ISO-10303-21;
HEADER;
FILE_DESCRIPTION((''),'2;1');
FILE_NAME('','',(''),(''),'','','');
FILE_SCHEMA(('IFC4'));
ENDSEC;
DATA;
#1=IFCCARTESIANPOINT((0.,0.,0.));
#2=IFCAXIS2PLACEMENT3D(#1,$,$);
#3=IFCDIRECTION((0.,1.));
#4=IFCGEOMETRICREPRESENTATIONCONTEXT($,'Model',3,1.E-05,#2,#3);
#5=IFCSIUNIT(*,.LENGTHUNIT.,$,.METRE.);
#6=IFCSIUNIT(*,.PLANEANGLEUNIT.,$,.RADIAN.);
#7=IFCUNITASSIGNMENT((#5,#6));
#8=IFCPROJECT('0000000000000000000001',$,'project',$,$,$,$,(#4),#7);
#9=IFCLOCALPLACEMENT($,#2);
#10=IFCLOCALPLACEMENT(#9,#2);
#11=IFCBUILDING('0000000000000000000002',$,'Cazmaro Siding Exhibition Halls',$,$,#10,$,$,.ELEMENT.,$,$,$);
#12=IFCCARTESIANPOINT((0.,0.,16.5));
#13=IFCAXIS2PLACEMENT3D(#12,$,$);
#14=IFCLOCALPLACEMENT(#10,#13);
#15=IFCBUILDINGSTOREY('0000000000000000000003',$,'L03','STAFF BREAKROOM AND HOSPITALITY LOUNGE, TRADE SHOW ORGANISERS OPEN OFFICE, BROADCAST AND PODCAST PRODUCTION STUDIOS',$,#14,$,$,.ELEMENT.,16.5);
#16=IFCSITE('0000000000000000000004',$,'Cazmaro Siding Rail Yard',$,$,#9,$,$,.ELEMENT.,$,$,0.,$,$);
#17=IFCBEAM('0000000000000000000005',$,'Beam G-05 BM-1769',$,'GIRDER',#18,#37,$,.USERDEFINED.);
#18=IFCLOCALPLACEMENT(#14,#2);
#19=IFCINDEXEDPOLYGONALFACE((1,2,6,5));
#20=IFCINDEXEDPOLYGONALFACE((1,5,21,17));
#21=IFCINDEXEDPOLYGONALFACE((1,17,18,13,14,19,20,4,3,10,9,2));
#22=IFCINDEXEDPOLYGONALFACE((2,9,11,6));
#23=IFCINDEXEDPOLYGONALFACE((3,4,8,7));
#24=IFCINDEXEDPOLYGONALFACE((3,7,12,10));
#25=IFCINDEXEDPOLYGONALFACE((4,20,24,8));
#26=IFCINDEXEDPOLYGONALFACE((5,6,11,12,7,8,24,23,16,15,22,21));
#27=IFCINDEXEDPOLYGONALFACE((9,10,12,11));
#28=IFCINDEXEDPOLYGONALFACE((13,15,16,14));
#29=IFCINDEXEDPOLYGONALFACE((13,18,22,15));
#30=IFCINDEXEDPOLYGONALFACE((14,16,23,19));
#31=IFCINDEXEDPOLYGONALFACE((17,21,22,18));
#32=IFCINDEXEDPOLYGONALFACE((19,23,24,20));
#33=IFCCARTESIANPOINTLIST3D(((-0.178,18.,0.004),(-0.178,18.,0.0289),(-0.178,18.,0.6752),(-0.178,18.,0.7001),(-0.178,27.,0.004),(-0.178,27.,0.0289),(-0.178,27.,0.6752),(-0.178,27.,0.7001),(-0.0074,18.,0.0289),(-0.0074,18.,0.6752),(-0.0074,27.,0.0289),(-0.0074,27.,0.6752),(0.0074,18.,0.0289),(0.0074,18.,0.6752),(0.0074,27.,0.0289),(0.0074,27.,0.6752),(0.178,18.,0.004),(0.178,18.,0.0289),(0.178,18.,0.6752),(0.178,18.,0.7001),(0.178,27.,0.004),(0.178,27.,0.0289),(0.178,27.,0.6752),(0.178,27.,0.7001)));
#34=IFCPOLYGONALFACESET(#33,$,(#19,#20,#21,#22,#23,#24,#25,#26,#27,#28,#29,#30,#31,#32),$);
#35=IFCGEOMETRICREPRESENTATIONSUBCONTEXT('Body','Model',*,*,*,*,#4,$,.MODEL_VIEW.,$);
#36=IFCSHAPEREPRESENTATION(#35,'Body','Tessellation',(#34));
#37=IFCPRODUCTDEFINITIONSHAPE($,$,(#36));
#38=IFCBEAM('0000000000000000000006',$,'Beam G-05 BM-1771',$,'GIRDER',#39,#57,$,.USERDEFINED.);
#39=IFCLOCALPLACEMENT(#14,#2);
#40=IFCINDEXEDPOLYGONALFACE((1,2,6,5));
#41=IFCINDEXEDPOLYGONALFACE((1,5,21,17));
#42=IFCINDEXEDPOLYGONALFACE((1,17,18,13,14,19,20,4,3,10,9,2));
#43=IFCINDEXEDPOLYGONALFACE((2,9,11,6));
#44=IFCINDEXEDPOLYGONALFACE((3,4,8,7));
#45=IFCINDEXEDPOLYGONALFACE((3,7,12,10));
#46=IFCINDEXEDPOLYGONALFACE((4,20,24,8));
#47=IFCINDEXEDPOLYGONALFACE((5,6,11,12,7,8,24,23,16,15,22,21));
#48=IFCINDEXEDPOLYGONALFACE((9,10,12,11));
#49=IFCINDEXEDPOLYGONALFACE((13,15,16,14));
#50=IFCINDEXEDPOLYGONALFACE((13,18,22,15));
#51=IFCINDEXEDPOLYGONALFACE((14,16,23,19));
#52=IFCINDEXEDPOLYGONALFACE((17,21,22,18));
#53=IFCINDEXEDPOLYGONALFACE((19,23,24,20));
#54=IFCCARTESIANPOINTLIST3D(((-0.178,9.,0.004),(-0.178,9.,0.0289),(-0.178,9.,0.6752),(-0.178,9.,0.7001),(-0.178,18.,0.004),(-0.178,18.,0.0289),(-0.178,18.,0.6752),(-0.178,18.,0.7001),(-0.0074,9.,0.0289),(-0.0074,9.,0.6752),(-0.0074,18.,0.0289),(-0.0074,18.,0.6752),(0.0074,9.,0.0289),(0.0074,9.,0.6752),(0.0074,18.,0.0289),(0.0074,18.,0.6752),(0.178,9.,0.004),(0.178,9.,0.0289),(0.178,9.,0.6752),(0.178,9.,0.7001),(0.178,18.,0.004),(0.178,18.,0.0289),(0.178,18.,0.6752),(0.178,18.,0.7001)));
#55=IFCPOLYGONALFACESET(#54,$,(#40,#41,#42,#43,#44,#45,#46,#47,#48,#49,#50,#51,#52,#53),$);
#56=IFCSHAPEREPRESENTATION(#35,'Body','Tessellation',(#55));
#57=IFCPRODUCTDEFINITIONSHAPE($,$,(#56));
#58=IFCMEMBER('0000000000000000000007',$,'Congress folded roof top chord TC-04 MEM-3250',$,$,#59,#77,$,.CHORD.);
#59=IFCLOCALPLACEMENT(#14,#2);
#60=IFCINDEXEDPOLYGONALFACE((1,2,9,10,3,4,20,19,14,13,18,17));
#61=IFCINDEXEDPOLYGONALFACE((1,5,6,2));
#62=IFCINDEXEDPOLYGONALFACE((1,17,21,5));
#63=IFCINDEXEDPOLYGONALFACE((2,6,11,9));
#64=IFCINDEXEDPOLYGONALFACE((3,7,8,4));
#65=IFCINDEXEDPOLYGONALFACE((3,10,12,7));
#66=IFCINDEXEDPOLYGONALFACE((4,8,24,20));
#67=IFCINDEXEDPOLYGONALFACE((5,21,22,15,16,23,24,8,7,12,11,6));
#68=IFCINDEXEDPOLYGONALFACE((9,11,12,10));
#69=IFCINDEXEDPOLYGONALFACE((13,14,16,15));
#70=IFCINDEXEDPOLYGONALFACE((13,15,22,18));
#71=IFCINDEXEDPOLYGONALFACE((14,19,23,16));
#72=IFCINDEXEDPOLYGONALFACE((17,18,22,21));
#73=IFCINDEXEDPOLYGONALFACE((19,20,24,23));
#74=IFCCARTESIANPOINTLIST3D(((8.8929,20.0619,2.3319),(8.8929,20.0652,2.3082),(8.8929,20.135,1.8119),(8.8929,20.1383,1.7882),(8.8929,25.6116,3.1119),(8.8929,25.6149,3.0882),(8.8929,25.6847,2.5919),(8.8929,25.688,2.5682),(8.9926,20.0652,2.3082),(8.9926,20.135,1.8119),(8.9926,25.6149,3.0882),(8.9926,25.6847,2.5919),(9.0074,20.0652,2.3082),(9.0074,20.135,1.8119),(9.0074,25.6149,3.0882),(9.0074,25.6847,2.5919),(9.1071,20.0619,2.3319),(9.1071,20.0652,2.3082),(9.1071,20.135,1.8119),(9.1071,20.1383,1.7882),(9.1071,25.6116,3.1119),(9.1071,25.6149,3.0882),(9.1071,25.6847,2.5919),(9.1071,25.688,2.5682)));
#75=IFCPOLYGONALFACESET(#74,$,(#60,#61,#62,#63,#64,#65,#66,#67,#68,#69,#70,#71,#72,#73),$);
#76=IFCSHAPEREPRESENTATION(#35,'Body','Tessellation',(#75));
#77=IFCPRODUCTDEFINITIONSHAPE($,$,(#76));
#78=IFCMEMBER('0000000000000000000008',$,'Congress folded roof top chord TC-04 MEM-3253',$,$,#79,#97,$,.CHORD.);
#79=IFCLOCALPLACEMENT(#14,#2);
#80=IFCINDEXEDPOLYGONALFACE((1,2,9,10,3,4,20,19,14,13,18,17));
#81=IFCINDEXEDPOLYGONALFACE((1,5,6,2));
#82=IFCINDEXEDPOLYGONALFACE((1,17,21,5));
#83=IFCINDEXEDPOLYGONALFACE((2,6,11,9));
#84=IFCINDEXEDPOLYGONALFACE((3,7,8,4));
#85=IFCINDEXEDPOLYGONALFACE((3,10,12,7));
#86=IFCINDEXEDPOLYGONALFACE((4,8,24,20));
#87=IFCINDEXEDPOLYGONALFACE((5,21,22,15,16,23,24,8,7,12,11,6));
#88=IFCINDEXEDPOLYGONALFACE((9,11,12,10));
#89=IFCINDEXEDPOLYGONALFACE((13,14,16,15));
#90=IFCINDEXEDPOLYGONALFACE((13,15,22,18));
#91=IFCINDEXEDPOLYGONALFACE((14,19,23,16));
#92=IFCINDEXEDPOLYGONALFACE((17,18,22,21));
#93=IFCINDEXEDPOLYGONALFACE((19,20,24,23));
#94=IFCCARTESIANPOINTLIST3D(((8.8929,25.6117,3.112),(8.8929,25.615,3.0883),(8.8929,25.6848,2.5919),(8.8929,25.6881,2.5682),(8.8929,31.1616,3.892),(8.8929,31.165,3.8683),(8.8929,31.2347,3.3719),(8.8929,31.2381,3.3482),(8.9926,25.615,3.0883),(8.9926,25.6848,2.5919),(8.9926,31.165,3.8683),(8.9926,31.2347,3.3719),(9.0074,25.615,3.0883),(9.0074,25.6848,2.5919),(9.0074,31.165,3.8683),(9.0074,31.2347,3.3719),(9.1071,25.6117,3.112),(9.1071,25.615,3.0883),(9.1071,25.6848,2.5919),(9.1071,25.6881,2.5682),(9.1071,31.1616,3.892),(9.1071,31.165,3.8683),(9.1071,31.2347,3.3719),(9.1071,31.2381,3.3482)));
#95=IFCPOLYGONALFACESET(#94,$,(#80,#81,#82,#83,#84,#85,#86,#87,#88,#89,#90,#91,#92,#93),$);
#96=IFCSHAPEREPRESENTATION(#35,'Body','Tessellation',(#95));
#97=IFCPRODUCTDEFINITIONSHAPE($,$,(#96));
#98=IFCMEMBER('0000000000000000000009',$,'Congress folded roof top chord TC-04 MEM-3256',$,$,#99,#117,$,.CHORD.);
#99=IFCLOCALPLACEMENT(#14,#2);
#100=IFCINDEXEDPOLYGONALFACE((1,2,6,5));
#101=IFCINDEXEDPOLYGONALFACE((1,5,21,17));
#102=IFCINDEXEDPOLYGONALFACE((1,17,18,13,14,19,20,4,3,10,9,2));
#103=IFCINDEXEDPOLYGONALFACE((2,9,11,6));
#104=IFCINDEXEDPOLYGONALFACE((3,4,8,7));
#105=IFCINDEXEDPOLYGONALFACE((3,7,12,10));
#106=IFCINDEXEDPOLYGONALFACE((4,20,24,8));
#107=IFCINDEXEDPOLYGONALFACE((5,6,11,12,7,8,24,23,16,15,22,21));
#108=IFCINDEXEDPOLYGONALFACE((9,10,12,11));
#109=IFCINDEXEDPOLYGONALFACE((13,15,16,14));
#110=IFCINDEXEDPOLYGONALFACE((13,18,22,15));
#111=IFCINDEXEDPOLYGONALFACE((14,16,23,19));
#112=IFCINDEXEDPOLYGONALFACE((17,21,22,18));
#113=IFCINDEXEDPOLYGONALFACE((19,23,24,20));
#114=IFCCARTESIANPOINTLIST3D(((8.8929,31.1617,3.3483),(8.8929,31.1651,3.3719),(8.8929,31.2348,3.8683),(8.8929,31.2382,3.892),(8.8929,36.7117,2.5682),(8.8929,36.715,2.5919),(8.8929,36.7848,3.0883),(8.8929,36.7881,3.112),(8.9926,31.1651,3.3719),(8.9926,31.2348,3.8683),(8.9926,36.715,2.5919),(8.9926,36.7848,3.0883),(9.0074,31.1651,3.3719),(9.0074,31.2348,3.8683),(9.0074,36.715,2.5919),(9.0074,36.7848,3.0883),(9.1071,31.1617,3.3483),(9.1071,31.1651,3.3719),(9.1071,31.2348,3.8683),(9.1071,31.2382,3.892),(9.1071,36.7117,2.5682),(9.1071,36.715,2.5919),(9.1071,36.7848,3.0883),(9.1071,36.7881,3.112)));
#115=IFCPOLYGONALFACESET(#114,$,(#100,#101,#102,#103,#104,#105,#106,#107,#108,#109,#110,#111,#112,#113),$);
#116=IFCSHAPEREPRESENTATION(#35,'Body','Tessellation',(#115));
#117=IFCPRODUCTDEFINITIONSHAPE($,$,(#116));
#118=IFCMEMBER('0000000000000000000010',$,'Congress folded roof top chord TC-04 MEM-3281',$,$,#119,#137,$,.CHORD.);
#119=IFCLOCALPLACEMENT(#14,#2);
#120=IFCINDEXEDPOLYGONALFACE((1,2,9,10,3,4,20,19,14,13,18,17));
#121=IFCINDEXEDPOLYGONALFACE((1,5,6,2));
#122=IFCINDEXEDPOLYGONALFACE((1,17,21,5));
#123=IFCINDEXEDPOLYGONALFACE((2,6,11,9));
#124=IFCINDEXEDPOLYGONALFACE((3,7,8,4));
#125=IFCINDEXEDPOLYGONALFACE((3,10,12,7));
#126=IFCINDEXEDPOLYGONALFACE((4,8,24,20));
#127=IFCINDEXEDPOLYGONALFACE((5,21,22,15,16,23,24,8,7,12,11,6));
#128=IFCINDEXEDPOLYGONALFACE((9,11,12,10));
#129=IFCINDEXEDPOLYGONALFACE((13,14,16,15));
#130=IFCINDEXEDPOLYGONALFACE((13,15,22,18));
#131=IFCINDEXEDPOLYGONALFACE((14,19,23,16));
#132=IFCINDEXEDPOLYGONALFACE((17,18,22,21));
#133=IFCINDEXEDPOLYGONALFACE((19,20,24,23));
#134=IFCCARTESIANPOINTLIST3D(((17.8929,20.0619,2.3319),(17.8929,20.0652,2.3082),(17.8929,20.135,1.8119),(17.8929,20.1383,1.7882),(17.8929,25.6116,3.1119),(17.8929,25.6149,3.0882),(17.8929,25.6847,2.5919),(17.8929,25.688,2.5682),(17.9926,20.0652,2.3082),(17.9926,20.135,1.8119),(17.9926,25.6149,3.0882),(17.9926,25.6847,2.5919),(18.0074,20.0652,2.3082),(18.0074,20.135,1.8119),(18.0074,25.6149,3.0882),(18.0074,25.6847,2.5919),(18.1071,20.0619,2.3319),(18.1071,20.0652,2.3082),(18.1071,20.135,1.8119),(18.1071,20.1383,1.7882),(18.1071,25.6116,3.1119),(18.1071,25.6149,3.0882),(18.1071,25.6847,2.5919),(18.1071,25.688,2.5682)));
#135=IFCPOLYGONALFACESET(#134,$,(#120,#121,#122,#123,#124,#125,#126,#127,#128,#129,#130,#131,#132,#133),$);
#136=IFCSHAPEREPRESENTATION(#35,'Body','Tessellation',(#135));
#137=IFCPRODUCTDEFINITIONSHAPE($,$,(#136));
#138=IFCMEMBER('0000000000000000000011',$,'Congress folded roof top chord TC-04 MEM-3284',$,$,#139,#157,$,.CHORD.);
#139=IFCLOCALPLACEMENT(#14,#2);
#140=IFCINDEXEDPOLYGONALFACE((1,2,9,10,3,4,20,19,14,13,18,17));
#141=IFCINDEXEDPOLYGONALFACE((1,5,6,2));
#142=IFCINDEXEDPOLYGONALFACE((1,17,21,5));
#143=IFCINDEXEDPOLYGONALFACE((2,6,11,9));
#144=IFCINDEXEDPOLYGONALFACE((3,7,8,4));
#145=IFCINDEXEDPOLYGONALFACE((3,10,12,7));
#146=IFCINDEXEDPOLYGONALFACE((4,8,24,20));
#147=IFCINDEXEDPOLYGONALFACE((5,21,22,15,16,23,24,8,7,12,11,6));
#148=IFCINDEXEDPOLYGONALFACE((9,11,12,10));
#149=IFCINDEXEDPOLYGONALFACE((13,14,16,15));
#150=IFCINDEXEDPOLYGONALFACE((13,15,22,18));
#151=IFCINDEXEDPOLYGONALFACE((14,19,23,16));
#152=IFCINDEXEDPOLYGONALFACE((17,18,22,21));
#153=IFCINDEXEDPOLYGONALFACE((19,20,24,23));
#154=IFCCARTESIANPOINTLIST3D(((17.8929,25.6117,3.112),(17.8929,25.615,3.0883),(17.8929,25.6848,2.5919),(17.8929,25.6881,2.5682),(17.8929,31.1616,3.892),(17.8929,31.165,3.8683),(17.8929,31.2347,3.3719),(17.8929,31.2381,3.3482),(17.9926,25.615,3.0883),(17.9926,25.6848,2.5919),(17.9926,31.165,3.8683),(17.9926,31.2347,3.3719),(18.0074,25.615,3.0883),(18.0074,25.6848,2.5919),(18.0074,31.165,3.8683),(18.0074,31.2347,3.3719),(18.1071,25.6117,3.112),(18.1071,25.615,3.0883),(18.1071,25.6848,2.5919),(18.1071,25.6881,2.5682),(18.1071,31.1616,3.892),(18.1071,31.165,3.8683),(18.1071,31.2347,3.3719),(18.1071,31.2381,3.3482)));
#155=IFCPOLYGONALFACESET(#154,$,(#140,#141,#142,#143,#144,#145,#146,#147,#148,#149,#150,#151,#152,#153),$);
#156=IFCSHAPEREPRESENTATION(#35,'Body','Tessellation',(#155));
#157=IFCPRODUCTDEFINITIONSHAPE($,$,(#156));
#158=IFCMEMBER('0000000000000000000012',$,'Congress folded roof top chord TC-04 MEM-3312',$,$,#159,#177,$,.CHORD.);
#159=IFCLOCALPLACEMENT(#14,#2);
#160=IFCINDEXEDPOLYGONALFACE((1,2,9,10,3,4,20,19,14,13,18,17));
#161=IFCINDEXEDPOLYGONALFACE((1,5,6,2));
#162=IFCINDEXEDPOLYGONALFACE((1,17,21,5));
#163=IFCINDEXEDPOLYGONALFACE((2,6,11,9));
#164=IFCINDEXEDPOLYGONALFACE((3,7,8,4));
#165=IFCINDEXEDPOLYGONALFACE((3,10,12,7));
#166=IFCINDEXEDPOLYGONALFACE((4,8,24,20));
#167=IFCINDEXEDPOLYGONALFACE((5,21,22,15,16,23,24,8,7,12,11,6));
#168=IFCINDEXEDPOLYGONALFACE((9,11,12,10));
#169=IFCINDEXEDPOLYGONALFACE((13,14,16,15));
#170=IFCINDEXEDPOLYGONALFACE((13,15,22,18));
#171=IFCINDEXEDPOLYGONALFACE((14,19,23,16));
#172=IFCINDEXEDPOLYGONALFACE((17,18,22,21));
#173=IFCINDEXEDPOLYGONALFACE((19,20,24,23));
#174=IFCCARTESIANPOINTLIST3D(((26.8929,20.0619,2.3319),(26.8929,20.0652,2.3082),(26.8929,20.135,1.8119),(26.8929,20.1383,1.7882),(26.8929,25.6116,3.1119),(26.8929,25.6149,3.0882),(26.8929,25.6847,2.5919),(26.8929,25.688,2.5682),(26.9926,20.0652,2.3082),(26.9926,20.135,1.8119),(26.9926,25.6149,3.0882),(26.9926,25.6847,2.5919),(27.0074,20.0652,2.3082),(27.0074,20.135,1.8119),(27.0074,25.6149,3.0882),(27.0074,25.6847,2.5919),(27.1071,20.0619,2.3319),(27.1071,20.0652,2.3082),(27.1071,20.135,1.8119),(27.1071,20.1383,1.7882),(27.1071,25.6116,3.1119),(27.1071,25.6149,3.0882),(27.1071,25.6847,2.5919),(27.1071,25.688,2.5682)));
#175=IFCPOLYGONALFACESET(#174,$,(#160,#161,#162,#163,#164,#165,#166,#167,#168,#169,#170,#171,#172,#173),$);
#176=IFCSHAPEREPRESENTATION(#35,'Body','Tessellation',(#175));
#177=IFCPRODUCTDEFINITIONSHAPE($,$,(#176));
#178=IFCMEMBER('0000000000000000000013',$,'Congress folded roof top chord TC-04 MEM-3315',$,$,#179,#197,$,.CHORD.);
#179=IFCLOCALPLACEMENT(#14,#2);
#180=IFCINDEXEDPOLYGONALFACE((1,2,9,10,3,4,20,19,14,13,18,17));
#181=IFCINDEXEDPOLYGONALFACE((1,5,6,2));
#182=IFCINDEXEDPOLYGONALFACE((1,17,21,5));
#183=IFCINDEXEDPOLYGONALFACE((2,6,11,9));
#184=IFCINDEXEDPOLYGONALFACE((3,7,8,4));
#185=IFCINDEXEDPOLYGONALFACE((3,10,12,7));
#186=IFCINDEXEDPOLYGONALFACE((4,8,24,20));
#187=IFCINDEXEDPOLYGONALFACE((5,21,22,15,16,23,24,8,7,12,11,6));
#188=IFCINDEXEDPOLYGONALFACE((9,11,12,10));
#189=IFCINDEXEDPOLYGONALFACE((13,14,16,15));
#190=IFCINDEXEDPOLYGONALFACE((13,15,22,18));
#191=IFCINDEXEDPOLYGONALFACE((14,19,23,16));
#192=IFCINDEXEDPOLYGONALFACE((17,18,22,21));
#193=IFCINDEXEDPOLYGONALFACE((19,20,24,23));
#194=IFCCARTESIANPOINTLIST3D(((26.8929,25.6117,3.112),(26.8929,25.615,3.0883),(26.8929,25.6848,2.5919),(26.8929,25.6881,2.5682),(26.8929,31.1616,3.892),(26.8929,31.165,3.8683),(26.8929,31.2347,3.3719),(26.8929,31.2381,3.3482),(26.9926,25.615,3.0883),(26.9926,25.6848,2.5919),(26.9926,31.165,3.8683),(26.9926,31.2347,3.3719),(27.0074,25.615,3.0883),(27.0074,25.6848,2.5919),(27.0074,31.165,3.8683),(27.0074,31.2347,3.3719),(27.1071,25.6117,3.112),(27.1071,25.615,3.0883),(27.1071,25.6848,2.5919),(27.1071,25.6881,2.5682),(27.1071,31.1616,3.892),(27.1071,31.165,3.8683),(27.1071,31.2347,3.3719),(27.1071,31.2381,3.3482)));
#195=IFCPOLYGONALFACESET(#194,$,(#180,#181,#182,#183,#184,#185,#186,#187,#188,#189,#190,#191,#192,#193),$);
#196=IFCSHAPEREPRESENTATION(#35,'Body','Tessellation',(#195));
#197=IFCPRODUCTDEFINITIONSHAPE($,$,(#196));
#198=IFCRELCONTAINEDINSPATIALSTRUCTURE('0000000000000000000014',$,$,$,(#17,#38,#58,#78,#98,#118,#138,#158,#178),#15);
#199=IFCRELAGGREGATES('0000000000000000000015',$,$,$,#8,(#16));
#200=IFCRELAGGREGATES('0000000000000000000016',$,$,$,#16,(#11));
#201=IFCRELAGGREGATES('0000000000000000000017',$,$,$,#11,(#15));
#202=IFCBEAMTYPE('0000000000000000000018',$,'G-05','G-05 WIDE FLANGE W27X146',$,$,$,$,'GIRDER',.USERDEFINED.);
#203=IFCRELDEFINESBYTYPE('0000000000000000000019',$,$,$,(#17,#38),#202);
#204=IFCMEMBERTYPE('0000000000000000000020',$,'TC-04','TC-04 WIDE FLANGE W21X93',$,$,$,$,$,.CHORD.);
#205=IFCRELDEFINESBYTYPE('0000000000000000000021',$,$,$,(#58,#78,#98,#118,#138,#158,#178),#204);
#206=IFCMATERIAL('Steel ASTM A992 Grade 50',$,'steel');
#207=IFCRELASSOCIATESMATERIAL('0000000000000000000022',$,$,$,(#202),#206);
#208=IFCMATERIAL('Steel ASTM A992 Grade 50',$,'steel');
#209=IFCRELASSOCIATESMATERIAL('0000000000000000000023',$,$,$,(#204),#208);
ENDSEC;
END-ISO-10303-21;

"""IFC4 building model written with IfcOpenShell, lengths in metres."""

from ifc_helpers import new_model, si_unit, direction, frame, origin, origin_2d, place, context, subcontext, project, spatial, i_section, extrude, material, material_profile, profile_set, type_object, element, save


model = new_model("IFC4")

# Units and contexts
model_context = context("Model", 3, precision=1e-05, world=origin(), true_north=direction((0.0, 1.0)))
body_context = subcontext(model_context, "Body", "Model", "MODEL_VIEW")
ifc_project = project(units=[si_unit("LENGTHUNIT", "METRE"), si_unit("PLANEANGLEUNIT", "RADIAN")], contexts=[model_context])

# Site, building, storey
site_placement = place(None, origin())
site = spatial("IfcSite", under=ifc_project, at=site_placement, Name="Cazmaro Siding Rail Yard", CompositionType="ELEMENT", RefElevation=0.0)
building_placement = place(site_placement, origin())
building = spatial("IfcBuilding", under=site, at=building_placement, Name="Cazmaro Siding Exhibition Halls", CompositionType="ELEMENT")
storey_placement = place(building_placement, frame((0.0, 0.0, 16.5)))
storey = spatial("IfcBuildingStorey", under=building, at=storey_placement, Name="L03", Description="STAFF BREAKROOM AND HOSPITALITY LOUNGE, TRADE SHOW ORGANISERS OPEN OFFICE, BROADCAST AND PODCAST PRODUCTION STUDIOS", CompositionType="ELEMENT", Elevation=16.5)

# Beams
ifc_material_1 = material(Name="Steel ASTM A992 Grade 50", Category="steel")
ifc_material_profile_1 = material_profile(ifc_material_1, i_section(OverallWidth=0.356, OverallDepth=0.696, WebThickness=0.0149, FlangeThickness=0.0249, at=origin_2d()), Name="W27X146")
ifc_profile_set_1 = profile_set([ifc_material_profile_1], Name="Steel ASTM A992 Grade 50")
beam_type = type_object("IfcBeamType", Name="G-05", Description="G-05 WIDE FLANGE W27X146", ElementType="GIRDER", PredefinedType="USERDEFINED", material=ifc_profile_set_1)
for number, where, z_axis, x_axis, name in (
    (1, (0.0, 27.0, 0.3521), (0.0, -1.0, 0.0), (1.0, 0.0, 0.0), "Beam G-05 BM-1769"),
    (2, (0.0, 18.0, 0.3521), (0.0, -1.0, 0.0), (1.0, 0.0, 0.0), "Beam G-05 BM-1771"),
):
    element("IfcBeam", number, at=place(storey_placement, frame(where, z_axis=z_axis, x_axis=x_axis)), inside=storey, type_object=beam_type, Name=name, ObjectType="GIRDER", PredefinedType="USERDEFINED", context=body_context, shape_type="SweptSolid", body=[
        extrude(i_section(OverallWidth=0.356, OverallDepth=0.696, WebThickness=0.0149, FlangeThickness=0.0249, at=origin_2d()), origin(), (0.0, 0.0, 1.0), 9.0),
    ])

# Members
ifc_material_2 = material(Name="Steel ASTM A992 Grade 50", Category="steel")
ifc_material_profile_2 = material_profile(ifc_material_2, i_section(OverallWidth=0.2141, OverallDepth=0.5491, WebThickness=0.0149, FlangeThickness=0.0239, at=origin_2d()), Name="W21X93")
ifc_profile_set_2 = profile_set([ifc_material_profile_2], Name="Steel ASTM A992 Grade 50")
member_type_1 = type_object("IfcMemberType", Name="TC-04", Description="TC-04 WIDE FLANGE W21X93", PredefinedType="CHORD", material=ifc_profile_set_2)
member_1_placement = place(storey_placement, frame((9.0, 20.1001, 2.0601), z_axis=(0.0, 0.990267, 0.139183), x_axis=(-1.0, 0.0, 0.0)))
element("IfcMember", 3, at=member_1_placement, inside=storey, type_object=member_type_1, Name="Congress folded roof top chord TC-04 MEM-3250", PredefinedType="CHORD", context=body_context, shape_type="SweptSolid", body=[
    extrude(i_section(OverallWidth=0.2141, OverallDepth=0.5491, WebThickness=0.0149, FlangeThickness=0.0239, at=origin_2d()), origin(), (0.0, 0.0, 1.0), 5.6042),
])
for number, where, z_axis, x_axis, name in (
    (4, (9.0, 25.6499, 2.8401), (0.0, 0.990268, 0.139177), (-1.0, 0.0, 0.0), "Congress folded roof top chord TC-04 MEM-3253"),
    (5, (9.0, 31.2, 3.6201), (0.0, 0.990268, -0.139177), (-1.0, 0.0, 0.0), "Congress folded roof top chord TC-04 MEM-3256"),
):
    element("IfcMember", number, at=place(storey_placement, frame(where, z_axis=z_axis, x_axis=x_axis)), inside=storey, type_object=member_type_1, Name=name, PredefinedType="CHORD", context=body_context, shape_type="SweptSolid", body=[
        extrude(i_section(OverallWidth=0.2141, OverallDepth=0.5491, WebThickness=0.0149, FlangeThickness=0.0239, at=origin_2d()), origin(), (0.0, 0.0, 1.0), 5.6045),
    ])
member_2_placement = place(storey_placement, frame((18.0, 20.1001, 2.0601), z_axis=(0.0, 0.990267, 0.139183), x_axis=(-1.0, 0.0, 0.0)))
element("IfcMember", 6, at=member_2_placement, inside=storey, type_object=member_type_1, Name="Congress folded roof top chord TC-04 MEM-3281", PredefinedType="CHORD", context=body_context, shape_type="SweptSolid", body=[
    extrude(i_section(OverallWidth=0.2141, OverallDepth=0.5491, WebThickness=0.0149, FlangeThickness=0.0239, at=origin_2d()), origin(), (0.0, 0.0, 1.0), 5.6042),
])
member_3_placement = place(storey_placement, frame((18.0, 25.6499, 2.8401), z_axis=(0.0, 0.990268, 0.139177), x_axis=(-1.0, 0.0, 0.0)))
element("IfcMember", 7, at=member_3_placement, inside=storey, type_object=member_type_1, Name="Congress folded roof top chord TC-04 MEM-3284", PredefinedType="CHORD", context=body_context, shape_type="SweptSolid", body=[
    extrude(i_section(OverallWidth=0.2141, OverallDepth=0.5491, WebThickness=0.0149, FlangeThickness=0.0239, at=origin_2d()), origin(), (0.0, 0.0, 1.0), 5.6045),
])
member_4_placement = place(storey_placement, frame((27.0, 20.1001, 2.0601), z_axis=(0.0, 0.990267, 0.139183), x_axis=(-1.0, 0.0, 0.0)))
element("IfcMember", 8, at=member_4_placement, inside=storey, type_object=member_type_1, Name="Congress folded roof top chord TC-04 MEM-3312", PredefinedType="CHORD", context=body_context, shape_type="SweptSolid", body=[
    extrude(i_section(OverallWidth=0.2141, OverallDepth=0.5491, WebThickness=0.0149, FlangeThickness=0.0239, at=origin_2d()), origin(), (0.0, 0.0, 1.0), 5.6042),
])
member_5_placement = place(storey_placement, frame((27.0, 25.6499, 2.8401), z_axis=(0.0, 0.990268, 0.139177), x_axis=(-1.0, 0.0, 0.0)))
element("IfcMember", 9, at=member_5_placement, inside=storey, type_object=member_type_1, Name="Congress folded roof top chord TC-04 MEM-3315", PredefinedType="CHORD", context=body_context, shape_type="SweptSolid", body=[
    extrude(i_section(OverallWidth=0.2141, OverallDepth=0.5491, WebThickness=0.0149, FlangeThickness=0.0239, at=origin_2d()), origin(), (0.0, 0.0, 1.0), 5.6045),
])

save(model, "model.ifc")
